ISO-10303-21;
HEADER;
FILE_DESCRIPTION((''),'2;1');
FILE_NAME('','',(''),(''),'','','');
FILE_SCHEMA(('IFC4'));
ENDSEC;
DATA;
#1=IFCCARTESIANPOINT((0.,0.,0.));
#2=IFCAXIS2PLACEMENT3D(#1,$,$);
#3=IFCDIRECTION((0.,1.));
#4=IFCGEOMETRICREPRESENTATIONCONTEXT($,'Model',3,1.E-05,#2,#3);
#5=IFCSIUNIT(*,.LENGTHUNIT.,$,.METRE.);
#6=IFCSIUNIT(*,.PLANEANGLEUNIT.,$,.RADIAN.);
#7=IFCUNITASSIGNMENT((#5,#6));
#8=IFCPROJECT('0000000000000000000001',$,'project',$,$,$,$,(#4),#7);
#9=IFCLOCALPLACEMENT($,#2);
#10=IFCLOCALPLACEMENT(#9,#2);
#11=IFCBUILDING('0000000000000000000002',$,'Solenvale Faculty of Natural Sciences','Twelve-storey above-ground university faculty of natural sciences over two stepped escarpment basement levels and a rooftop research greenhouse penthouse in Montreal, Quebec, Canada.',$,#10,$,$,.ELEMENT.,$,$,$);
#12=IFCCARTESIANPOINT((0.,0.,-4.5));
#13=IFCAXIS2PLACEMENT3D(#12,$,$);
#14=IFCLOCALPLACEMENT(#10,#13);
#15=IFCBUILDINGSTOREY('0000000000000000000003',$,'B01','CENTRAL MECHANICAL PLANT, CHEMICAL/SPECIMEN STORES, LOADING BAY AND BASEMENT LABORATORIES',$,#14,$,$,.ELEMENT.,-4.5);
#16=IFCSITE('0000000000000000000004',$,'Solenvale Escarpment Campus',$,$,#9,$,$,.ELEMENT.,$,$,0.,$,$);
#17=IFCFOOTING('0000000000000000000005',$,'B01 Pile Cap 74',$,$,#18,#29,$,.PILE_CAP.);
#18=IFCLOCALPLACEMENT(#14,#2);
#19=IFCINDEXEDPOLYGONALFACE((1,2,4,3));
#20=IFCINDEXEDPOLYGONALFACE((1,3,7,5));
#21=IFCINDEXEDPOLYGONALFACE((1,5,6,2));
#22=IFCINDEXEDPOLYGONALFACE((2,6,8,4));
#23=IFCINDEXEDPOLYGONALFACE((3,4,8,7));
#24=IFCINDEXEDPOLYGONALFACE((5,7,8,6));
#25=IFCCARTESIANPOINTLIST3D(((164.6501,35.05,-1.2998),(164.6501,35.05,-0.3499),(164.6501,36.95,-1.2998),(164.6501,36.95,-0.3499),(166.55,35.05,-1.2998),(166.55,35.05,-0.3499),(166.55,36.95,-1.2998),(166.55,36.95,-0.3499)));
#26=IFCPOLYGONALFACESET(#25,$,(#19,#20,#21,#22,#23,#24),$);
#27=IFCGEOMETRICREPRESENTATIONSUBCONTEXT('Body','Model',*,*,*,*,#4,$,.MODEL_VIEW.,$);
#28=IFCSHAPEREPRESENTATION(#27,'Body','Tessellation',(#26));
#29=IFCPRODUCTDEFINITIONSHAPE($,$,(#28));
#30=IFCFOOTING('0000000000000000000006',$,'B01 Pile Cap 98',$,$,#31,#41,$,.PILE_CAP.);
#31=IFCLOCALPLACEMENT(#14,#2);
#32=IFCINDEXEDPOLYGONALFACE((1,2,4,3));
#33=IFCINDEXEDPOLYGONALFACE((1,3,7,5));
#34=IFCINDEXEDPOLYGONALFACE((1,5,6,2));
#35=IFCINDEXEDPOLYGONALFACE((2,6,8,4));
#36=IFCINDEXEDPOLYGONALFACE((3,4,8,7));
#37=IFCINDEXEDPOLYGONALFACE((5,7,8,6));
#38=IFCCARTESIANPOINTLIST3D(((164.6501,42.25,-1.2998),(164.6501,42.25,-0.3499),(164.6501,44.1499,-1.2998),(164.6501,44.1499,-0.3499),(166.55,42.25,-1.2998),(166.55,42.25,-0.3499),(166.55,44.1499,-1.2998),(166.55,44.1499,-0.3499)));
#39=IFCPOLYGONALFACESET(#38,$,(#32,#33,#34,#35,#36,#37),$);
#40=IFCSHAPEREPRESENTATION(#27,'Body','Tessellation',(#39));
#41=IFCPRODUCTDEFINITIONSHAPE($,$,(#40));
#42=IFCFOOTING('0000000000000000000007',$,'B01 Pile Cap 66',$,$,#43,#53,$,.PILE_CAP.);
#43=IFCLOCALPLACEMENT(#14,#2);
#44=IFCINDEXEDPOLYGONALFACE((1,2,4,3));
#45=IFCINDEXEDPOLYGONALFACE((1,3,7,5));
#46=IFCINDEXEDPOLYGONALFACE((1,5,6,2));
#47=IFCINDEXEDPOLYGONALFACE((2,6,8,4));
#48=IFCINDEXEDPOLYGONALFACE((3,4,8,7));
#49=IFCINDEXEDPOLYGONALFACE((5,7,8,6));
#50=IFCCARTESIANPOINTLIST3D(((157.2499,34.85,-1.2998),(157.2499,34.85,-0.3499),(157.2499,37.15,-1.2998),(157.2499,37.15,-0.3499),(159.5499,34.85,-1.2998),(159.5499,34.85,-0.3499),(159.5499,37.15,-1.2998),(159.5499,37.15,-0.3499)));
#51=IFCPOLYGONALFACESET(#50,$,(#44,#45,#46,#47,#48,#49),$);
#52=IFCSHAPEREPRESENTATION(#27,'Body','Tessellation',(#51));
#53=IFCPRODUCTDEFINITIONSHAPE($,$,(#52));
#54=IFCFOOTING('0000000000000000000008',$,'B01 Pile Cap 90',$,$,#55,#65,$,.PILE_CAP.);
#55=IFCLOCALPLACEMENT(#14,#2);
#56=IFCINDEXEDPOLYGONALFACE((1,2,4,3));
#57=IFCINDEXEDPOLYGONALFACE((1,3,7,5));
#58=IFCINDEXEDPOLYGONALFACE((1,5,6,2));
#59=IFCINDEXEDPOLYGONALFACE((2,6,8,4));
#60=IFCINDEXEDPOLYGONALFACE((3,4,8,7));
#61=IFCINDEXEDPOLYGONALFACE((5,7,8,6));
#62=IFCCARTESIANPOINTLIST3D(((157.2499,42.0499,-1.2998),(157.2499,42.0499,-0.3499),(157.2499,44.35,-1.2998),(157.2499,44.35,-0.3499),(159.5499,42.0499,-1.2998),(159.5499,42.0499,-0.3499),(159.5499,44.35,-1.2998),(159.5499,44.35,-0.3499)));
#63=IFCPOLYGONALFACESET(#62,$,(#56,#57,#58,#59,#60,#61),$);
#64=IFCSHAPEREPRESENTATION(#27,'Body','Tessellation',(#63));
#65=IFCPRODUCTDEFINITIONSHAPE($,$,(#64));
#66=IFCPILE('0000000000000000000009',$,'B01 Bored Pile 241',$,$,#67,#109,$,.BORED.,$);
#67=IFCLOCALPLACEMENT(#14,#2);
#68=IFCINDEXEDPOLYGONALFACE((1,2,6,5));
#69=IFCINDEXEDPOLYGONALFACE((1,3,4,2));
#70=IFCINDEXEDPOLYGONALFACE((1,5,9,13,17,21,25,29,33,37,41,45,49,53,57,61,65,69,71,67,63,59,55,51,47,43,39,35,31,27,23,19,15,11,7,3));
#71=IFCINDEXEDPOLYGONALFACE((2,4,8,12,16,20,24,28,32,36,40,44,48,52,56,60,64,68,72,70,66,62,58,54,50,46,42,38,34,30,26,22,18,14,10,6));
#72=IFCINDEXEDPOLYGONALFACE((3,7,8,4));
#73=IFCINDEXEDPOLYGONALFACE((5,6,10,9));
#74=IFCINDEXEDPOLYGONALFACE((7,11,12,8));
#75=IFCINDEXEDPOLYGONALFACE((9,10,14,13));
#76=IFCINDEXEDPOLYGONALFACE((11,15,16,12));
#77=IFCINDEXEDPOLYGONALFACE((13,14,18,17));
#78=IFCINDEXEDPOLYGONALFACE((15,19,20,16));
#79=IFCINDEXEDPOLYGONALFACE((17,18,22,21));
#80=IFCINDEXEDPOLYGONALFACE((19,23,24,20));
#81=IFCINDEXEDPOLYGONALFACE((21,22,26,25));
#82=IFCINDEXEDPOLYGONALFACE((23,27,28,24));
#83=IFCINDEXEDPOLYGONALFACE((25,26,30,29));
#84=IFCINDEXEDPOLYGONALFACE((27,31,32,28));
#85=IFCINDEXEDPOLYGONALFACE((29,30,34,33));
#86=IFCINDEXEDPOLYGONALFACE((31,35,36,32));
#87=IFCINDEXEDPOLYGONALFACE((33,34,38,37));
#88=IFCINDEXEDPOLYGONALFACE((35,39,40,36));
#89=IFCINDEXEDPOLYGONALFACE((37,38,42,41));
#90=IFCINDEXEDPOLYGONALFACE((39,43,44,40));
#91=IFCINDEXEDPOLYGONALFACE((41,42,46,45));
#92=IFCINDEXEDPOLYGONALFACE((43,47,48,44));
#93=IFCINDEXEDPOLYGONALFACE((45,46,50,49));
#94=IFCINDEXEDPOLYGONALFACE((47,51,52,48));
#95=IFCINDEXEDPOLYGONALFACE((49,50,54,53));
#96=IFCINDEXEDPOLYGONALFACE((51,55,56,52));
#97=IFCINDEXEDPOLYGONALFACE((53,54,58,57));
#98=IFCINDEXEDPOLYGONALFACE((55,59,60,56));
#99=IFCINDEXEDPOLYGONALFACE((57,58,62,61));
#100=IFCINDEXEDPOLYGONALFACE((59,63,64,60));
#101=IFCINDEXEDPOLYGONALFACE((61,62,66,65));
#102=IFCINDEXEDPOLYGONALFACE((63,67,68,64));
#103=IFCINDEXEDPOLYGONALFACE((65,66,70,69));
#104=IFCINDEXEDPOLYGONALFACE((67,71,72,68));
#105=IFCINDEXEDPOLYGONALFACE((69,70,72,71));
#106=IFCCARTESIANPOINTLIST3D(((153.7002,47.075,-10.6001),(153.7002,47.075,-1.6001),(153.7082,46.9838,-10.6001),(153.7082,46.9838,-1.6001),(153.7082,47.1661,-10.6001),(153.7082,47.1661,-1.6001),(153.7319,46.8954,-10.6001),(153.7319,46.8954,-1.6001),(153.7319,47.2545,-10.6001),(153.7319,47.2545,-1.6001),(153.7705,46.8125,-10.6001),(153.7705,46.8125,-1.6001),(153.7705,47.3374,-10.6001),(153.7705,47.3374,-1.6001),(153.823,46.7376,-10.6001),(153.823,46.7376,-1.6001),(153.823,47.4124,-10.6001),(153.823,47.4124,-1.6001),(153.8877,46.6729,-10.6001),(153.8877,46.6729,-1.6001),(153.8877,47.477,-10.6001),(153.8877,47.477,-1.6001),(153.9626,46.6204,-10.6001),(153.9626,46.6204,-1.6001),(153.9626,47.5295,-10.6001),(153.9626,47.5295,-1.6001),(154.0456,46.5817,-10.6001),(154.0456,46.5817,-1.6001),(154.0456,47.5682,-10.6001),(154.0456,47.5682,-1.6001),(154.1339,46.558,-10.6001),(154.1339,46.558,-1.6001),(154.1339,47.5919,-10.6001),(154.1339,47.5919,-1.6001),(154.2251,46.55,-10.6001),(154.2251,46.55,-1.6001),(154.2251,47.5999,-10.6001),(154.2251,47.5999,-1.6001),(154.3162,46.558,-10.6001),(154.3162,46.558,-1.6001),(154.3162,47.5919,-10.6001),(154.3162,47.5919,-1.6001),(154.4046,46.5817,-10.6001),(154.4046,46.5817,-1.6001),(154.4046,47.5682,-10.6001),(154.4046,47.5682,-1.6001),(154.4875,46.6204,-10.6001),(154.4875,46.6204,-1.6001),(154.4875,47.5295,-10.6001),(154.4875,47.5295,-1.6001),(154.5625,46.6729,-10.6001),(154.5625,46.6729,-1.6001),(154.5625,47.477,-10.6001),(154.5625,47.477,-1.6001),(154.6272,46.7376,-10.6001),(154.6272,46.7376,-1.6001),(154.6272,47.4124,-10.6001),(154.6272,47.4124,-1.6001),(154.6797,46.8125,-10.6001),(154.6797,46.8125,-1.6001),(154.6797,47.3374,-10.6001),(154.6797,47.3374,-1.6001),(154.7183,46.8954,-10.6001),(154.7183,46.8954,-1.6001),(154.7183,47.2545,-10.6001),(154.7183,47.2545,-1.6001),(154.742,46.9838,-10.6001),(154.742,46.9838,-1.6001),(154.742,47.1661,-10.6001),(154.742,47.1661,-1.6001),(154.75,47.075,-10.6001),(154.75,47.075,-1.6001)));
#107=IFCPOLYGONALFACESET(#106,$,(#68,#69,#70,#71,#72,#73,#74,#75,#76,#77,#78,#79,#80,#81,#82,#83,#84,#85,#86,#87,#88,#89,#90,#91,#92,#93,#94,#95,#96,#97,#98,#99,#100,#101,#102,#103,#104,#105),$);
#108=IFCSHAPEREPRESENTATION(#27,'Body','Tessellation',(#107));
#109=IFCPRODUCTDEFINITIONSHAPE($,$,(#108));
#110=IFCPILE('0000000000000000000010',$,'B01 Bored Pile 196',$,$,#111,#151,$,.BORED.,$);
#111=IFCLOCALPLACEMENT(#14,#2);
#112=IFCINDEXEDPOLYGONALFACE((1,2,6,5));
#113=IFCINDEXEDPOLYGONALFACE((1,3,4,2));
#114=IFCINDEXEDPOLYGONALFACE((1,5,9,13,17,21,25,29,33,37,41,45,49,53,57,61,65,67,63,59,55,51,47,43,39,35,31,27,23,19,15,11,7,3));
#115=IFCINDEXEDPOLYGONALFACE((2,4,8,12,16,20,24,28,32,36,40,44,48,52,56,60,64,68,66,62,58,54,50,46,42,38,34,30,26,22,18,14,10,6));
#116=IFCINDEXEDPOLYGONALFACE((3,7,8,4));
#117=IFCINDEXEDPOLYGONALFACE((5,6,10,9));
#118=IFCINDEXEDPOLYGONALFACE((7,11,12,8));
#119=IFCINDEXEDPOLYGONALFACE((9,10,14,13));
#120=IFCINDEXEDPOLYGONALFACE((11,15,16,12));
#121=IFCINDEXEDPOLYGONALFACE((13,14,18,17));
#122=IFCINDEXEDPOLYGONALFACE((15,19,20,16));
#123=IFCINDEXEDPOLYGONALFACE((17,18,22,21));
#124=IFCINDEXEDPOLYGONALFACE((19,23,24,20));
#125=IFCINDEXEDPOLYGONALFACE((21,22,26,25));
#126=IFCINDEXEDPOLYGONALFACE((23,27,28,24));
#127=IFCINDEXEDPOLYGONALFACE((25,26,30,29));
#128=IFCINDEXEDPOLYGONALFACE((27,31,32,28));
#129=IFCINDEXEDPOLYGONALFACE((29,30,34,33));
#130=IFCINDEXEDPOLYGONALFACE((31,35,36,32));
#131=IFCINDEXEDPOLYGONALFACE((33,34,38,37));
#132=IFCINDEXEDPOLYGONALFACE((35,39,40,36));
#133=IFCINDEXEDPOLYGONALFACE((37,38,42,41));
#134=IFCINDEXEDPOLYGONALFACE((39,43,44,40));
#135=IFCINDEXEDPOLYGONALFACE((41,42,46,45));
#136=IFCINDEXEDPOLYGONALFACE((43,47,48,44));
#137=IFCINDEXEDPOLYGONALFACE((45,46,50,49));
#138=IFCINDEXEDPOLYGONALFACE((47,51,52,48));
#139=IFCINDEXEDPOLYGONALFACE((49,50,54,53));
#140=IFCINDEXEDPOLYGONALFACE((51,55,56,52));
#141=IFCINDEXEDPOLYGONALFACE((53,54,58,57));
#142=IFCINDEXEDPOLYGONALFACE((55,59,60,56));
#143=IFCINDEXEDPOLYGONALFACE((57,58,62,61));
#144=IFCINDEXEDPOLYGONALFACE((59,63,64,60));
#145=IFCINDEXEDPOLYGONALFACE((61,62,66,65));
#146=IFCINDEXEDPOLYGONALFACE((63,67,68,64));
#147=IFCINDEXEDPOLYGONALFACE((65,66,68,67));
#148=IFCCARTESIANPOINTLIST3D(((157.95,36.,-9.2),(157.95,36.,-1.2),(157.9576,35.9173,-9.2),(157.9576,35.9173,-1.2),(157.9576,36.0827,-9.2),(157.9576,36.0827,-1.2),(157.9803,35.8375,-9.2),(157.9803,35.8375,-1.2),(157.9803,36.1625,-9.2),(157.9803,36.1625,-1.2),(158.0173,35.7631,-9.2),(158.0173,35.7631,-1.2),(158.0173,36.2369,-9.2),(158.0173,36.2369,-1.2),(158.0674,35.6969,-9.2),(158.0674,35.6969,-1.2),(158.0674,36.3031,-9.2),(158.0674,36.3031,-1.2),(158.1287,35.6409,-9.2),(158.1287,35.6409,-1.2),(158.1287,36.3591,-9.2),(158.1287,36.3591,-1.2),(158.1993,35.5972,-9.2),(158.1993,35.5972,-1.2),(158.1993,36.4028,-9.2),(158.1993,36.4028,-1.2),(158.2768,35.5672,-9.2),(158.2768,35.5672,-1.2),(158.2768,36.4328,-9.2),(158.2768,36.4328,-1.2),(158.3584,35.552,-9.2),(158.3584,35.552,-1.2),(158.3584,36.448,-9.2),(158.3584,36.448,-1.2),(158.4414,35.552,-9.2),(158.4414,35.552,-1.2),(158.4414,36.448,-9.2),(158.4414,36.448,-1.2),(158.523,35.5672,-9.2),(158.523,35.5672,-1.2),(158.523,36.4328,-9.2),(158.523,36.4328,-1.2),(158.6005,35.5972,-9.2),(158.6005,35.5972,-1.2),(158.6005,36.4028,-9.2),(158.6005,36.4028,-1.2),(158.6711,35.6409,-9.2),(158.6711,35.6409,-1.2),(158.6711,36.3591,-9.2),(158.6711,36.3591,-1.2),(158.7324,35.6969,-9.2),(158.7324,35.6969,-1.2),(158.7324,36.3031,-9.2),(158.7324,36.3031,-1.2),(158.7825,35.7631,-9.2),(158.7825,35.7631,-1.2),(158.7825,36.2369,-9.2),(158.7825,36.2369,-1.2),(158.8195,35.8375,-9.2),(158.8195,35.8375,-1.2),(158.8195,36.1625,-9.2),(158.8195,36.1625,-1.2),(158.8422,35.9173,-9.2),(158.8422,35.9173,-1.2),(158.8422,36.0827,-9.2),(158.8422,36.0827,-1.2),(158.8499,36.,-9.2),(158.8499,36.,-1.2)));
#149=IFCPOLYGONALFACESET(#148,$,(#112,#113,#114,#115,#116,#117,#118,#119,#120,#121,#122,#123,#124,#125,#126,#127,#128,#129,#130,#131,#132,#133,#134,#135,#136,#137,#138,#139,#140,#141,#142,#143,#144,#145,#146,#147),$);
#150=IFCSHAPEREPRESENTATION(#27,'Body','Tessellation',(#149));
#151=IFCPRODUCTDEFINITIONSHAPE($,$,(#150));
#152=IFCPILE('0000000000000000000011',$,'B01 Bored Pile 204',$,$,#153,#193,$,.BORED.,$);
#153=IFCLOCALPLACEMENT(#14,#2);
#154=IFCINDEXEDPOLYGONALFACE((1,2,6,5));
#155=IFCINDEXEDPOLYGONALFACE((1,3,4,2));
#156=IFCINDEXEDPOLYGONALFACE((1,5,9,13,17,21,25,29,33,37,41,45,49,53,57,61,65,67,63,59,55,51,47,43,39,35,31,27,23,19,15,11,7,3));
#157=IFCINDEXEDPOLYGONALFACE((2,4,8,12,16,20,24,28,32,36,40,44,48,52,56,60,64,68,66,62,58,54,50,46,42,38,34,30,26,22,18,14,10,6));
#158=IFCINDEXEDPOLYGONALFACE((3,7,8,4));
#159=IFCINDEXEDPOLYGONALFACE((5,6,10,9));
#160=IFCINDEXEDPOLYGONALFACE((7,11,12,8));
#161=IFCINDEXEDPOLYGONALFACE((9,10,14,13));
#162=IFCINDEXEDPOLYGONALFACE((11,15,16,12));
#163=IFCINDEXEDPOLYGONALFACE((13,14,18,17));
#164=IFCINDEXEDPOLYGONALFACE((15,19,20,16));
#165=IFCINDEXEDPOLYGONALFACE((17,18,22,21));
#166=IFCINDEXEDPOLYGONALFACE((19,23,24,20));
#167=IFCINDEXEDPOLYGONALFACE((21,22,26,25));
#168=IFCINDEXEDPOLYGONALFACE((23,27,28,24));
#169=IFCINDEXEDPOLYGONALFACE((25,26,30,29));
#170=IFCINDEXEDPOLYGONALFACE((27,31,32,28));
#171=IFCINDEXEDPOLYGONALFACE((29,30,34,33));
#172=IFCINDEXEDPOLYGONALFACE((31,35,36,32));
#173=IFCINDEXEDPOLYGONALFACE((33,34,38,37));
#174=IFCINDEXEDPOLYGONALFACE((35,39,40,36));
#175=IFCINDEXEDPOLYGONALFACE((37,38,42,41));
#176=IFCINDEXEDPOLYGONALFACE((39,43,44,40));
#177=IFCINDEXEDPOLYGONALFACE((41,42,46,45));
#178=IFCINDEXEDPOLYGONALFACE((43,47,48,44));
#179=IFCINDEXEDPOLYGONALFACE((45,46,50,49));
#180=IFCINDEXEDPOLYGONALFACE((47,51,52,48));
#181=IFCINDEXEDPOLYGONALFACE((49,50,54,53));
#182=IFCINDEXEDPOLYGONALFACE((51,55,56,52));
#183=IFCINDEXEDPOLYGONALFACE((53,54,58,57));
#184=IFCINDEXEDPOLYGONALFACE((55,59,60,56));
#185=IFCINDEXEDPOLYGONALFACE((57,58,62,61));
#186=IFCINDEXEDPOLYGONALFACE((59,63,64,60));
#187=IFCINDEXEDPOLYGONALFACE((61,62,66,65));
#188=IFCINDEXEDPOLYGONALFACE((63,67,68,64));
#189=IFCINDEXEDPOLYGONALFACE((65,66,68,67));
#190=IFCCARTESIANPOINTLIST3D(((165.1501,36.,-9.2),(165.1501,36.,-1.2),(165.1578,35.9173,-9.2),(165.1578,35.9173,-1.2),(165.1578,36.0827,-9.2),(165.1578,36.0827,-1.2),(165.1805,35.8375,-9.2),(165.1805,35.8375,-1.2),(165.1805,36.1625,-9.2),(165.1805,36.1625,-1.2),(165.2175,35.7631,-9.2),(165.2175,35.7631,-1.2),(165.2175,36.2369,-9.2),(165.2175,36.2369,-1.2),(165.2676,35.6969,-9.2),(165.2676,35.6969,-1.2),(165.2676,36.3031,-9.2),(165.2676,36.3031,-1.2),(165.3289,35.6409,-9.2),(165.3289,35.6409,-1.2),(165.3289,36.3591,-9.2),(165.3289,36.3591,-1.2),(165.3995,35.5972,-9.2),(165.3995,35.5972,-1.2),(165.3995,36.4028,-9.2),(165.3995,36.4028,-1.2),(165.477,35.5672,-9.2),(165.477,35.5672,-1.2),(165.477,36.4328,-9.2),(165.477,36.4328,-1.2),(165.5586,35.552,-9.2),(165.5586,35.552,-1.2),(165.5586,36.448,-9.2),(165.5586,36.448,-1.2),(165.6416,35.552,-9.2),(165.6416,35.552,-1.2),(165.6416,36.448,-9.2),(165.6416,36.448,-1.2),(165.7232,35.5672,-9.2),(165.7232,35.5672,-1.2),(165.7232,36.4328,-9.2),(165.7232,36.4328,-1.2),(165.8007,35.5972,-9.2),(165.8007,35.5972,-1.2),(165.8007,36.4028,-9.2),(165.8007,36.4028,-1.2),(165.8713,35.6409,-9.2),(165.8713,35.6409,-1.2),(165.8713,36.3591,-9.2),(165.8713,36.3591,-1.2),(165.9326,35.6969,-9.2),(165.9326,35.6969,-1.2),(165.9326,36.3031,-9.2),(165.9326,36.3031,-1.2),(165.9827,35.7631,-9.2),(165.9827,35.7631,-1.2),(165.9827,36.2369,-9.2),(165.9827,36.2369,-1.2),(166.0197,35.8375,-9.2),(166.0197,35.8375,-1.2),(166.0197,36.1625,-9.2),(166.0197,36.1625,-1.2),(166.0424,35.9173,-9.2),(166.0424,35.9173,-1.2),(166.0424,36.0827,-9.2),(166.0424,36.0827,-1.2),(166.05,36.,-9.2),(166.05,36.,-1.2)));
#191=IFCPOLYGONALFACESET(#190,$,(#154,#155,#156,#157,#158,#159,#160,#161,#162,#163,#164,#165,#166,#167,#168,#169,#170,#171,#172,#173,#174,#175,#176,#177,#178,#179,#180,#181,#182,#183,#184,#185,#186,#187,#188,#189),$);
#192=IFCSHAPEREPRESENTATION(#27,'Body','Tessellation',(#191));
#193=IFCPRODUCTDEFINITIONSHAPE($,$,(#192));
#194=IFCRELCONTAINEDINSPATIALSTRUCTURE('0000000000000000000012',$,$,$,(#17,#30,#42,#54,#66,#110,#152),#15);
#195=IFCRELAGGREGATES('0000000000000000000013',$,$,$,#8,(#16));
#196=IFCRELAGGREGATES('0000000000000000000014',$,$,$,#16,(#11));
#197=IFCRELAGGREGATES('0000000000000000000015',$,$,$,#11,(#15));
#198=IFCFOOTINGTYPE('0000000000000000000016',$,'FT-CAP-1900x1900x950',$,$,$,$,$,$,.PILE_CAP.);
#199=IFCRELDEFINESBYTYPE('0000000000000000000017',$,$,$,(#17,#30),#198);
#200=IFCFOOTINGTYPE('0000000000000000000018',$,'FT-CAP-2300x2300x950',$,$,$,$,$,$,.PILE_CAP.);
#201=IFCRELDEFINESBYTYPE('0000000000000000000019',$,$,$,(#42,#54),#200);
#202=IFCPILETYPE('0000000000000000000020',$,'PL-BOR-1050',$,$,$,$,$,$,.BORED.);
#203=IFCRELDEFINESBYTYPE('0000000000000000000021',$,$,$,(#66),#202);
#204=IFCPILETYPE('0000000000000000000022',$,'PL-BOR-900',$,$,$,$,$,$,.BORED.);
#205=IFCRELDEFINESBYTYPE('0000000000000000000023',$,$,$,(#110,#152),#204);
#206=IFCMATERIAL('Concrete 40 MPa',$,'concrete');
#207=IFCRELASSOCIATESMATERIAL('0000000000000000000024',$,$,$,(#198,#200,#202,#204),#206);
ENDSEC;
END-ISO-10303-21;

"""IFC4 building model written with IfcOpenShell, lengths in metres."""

from ifc_helpers import new_model, si_unit, direction, frame, origin, origin_2d, place, context, subcontext, project, spatial, rectangle, circle, extrude, material, material_profile, profile_set, type_object, element, save


model = new_model("IFC4")

# Units and contexts
model_context = context("Model", 3, precision=1e-05, world=origin(), true_north=direction((0.0, 1.0)))
body_context = subcontext(model_context, "Body", "Model", "MODEL_VIEW")
ifc_project = project(units=[si_unit("LENGTHUNIT", "METRE"), si_unit("PLANEANGLEUNIT", "RADIAN")], contexts=[model_context])

# Site, building, storey
site_placement = place(None, origin())
site = spatial("IfcSite", under=ifc_project, at=site_placement, Name="Solenvale Escarpment Campus", CompositionType="ELEMENT", RefElevation=0.0)
building_placement = place(site_placement, origin())
building = spatial("IfcBuilding", under=site, at=building_placement, Name="Solenvale Faculty of Natural Sciences", Description="Twelve-storey above-ground university faculty of natural sciences over two stepped escarpment basement levels and a rooftop research greenhouse penthouse in Montreal, Quebec, Canada.", CompositionType="ELEMENT")
storey_placement = place(building_placement, frame((0.0, 0.0, -4.5)))
storey = spatial("IfcBuildingStorey", under=building, at=storey_placement, Name="B01", Description="CENTRAL MECHANICAL PLANT, CHEMICAL/SPECIMEN STORES, LOADING BAY AND BASEMENT LABORATORIES", CompositionType="ELEMENT", Elevation=-4.5)

# Footings
ifc_material_1 = material(Name="Concrete 40 MPa", Category="concrete")
footing_type_1 = type_object("IfcFootingType", Name="FT-CAP-1900x1900x950", PredefinedType="PILE_CAP", material=ifc_material_1)
for number, where, z_axis, x_axis, name in (
    (1, (165.6001, 36.0, -1.2998), (0.0, 0.0, 1.0), (1.0, 0.0, 0.0), "B01 Pile Cap 74"),
    (2, (165.6001, 43.2, -1.2998), (0.0, 0.0, 1.0), (1.0, 0.0, 0.0), "B01 Pile Cap 98"),
):
    element("IfcFooting", number, at=place(storey_placement, frame(where, z_axis=z_axis, x_axis=x_axis)), inside=storey, type_object=footing_type_1, Name=name, PredefinedType="PILE_CAP", context=body_context, shape_type="SweptSolid", body=[
        extrude(rectangle(XDim=1.8999, YDim=1.8999, at=origin_2d()), origin(), (0.0, 0.0, 1.0), 0.95),
    ])
footing_type_2 = type_object("IfcFootingType", Name="FT-CAP-2300x2300x950", PredefinedType="PILE_CAP", material=ifc_material_1)
for number, where, z_axis, x_axis, name in (
    (3, (158.3999, 36.0, -1.2998), (0.0, 0.0, 1.0), (1.0, 0.0, 0.0), "B01 Pile Cap 66"),
    (4, (158.3999, 43.2, -1.2998), (0.0, 0.0, 1.0), (1.0, 0.0, 0.0), "B01 Pile Cap 90"),
):
    element("IfcFooting", number, at=place(storey_placement, frame(where, z_axis=z_axis, x_axis=x_axis)), inside=storey, type_object=footing_type_2, Name=name, PredefinedType="PILE_CAP", context=body_context, shape_type="SweptSolid", body=[
        extrude(rectangle(XDim=2.3, YDim=2.3, at=origin_2d()), origin(), (0.0, 0.0, 1.0), 0.95),
    ])

# Piles
ifc_material_profile_1 = material_profile(ifc_material_1, circle(Radius=0.5249, at=origin_2d()), Name="PILE-D1050")
ifc_profile_set_1 = profile_set([ifc_material_profile_1], Name="Concrete 40 MPa")
pile_type_1 = type_object("IfcPileType", Name="PL-BOR-1050", PredefinedType="BORED", material=ifc_profile_set_1)
pile_placement = place(storey_placement, frame((154.2251, 47.075, -1.6001), z_axis=(0.0, 0.0, -1.0), x_axis=(1.0, 0.0, 0.0)))
element("IfcPile", 5, at=pile_placement, inside=storey, type_object=pile_type_1, Name="B01 Bored Pile 241", PredefinedType="BORED", context=body_context, shape_type="SweptSolid", body=[
    extrude(circle(Radius=0.5249, at=origin_2d()), origin(), (0.0, 0.0, 1.0), 9.0),
])
ifc_material_profile_2 = material_profile(ifc_material_1, circle(Radius=0.45, at=origin_2d()), Name="PILE-D900")
ifc_profile_set_2 = profile_set([ifc_material_profile_2], Name="Concrete 40 MPa")
pile_type_2 = type_object("IfcPileType", Name="PL-BOR-900", PredefinedType="BORED", material=ifc_profile_set_2)
for number, where, z_axis, x_axis, name in (
    (6, (158.3999, 36.0, -1.2), (0.0, 0.0, -1.0), (1.0, 0.0, 0.0), "B01 Bored Pile 196"),
    (7, (165.6001, 36.0, -1.2), (0.0, 0.0, -1.0), (1.0, 0.0, 0.0), "B01 Bored Pile 204"),
):
    element("IfcPile", number, at=place(storey_placement, frame(where, z_axis=z_axis, x_axis=x_axis)), inside=storey, type_object=pile_type_2, Name=name, PredefinedType="BORED", context=body_context, shape_type="SweptSolid", body=[
        extrude(circle(Radius=0.45, at=origin_2d()), origin(), (0.0, 0.0, 1.0), 8.0),
    ])

save(model, "model.ifc")
